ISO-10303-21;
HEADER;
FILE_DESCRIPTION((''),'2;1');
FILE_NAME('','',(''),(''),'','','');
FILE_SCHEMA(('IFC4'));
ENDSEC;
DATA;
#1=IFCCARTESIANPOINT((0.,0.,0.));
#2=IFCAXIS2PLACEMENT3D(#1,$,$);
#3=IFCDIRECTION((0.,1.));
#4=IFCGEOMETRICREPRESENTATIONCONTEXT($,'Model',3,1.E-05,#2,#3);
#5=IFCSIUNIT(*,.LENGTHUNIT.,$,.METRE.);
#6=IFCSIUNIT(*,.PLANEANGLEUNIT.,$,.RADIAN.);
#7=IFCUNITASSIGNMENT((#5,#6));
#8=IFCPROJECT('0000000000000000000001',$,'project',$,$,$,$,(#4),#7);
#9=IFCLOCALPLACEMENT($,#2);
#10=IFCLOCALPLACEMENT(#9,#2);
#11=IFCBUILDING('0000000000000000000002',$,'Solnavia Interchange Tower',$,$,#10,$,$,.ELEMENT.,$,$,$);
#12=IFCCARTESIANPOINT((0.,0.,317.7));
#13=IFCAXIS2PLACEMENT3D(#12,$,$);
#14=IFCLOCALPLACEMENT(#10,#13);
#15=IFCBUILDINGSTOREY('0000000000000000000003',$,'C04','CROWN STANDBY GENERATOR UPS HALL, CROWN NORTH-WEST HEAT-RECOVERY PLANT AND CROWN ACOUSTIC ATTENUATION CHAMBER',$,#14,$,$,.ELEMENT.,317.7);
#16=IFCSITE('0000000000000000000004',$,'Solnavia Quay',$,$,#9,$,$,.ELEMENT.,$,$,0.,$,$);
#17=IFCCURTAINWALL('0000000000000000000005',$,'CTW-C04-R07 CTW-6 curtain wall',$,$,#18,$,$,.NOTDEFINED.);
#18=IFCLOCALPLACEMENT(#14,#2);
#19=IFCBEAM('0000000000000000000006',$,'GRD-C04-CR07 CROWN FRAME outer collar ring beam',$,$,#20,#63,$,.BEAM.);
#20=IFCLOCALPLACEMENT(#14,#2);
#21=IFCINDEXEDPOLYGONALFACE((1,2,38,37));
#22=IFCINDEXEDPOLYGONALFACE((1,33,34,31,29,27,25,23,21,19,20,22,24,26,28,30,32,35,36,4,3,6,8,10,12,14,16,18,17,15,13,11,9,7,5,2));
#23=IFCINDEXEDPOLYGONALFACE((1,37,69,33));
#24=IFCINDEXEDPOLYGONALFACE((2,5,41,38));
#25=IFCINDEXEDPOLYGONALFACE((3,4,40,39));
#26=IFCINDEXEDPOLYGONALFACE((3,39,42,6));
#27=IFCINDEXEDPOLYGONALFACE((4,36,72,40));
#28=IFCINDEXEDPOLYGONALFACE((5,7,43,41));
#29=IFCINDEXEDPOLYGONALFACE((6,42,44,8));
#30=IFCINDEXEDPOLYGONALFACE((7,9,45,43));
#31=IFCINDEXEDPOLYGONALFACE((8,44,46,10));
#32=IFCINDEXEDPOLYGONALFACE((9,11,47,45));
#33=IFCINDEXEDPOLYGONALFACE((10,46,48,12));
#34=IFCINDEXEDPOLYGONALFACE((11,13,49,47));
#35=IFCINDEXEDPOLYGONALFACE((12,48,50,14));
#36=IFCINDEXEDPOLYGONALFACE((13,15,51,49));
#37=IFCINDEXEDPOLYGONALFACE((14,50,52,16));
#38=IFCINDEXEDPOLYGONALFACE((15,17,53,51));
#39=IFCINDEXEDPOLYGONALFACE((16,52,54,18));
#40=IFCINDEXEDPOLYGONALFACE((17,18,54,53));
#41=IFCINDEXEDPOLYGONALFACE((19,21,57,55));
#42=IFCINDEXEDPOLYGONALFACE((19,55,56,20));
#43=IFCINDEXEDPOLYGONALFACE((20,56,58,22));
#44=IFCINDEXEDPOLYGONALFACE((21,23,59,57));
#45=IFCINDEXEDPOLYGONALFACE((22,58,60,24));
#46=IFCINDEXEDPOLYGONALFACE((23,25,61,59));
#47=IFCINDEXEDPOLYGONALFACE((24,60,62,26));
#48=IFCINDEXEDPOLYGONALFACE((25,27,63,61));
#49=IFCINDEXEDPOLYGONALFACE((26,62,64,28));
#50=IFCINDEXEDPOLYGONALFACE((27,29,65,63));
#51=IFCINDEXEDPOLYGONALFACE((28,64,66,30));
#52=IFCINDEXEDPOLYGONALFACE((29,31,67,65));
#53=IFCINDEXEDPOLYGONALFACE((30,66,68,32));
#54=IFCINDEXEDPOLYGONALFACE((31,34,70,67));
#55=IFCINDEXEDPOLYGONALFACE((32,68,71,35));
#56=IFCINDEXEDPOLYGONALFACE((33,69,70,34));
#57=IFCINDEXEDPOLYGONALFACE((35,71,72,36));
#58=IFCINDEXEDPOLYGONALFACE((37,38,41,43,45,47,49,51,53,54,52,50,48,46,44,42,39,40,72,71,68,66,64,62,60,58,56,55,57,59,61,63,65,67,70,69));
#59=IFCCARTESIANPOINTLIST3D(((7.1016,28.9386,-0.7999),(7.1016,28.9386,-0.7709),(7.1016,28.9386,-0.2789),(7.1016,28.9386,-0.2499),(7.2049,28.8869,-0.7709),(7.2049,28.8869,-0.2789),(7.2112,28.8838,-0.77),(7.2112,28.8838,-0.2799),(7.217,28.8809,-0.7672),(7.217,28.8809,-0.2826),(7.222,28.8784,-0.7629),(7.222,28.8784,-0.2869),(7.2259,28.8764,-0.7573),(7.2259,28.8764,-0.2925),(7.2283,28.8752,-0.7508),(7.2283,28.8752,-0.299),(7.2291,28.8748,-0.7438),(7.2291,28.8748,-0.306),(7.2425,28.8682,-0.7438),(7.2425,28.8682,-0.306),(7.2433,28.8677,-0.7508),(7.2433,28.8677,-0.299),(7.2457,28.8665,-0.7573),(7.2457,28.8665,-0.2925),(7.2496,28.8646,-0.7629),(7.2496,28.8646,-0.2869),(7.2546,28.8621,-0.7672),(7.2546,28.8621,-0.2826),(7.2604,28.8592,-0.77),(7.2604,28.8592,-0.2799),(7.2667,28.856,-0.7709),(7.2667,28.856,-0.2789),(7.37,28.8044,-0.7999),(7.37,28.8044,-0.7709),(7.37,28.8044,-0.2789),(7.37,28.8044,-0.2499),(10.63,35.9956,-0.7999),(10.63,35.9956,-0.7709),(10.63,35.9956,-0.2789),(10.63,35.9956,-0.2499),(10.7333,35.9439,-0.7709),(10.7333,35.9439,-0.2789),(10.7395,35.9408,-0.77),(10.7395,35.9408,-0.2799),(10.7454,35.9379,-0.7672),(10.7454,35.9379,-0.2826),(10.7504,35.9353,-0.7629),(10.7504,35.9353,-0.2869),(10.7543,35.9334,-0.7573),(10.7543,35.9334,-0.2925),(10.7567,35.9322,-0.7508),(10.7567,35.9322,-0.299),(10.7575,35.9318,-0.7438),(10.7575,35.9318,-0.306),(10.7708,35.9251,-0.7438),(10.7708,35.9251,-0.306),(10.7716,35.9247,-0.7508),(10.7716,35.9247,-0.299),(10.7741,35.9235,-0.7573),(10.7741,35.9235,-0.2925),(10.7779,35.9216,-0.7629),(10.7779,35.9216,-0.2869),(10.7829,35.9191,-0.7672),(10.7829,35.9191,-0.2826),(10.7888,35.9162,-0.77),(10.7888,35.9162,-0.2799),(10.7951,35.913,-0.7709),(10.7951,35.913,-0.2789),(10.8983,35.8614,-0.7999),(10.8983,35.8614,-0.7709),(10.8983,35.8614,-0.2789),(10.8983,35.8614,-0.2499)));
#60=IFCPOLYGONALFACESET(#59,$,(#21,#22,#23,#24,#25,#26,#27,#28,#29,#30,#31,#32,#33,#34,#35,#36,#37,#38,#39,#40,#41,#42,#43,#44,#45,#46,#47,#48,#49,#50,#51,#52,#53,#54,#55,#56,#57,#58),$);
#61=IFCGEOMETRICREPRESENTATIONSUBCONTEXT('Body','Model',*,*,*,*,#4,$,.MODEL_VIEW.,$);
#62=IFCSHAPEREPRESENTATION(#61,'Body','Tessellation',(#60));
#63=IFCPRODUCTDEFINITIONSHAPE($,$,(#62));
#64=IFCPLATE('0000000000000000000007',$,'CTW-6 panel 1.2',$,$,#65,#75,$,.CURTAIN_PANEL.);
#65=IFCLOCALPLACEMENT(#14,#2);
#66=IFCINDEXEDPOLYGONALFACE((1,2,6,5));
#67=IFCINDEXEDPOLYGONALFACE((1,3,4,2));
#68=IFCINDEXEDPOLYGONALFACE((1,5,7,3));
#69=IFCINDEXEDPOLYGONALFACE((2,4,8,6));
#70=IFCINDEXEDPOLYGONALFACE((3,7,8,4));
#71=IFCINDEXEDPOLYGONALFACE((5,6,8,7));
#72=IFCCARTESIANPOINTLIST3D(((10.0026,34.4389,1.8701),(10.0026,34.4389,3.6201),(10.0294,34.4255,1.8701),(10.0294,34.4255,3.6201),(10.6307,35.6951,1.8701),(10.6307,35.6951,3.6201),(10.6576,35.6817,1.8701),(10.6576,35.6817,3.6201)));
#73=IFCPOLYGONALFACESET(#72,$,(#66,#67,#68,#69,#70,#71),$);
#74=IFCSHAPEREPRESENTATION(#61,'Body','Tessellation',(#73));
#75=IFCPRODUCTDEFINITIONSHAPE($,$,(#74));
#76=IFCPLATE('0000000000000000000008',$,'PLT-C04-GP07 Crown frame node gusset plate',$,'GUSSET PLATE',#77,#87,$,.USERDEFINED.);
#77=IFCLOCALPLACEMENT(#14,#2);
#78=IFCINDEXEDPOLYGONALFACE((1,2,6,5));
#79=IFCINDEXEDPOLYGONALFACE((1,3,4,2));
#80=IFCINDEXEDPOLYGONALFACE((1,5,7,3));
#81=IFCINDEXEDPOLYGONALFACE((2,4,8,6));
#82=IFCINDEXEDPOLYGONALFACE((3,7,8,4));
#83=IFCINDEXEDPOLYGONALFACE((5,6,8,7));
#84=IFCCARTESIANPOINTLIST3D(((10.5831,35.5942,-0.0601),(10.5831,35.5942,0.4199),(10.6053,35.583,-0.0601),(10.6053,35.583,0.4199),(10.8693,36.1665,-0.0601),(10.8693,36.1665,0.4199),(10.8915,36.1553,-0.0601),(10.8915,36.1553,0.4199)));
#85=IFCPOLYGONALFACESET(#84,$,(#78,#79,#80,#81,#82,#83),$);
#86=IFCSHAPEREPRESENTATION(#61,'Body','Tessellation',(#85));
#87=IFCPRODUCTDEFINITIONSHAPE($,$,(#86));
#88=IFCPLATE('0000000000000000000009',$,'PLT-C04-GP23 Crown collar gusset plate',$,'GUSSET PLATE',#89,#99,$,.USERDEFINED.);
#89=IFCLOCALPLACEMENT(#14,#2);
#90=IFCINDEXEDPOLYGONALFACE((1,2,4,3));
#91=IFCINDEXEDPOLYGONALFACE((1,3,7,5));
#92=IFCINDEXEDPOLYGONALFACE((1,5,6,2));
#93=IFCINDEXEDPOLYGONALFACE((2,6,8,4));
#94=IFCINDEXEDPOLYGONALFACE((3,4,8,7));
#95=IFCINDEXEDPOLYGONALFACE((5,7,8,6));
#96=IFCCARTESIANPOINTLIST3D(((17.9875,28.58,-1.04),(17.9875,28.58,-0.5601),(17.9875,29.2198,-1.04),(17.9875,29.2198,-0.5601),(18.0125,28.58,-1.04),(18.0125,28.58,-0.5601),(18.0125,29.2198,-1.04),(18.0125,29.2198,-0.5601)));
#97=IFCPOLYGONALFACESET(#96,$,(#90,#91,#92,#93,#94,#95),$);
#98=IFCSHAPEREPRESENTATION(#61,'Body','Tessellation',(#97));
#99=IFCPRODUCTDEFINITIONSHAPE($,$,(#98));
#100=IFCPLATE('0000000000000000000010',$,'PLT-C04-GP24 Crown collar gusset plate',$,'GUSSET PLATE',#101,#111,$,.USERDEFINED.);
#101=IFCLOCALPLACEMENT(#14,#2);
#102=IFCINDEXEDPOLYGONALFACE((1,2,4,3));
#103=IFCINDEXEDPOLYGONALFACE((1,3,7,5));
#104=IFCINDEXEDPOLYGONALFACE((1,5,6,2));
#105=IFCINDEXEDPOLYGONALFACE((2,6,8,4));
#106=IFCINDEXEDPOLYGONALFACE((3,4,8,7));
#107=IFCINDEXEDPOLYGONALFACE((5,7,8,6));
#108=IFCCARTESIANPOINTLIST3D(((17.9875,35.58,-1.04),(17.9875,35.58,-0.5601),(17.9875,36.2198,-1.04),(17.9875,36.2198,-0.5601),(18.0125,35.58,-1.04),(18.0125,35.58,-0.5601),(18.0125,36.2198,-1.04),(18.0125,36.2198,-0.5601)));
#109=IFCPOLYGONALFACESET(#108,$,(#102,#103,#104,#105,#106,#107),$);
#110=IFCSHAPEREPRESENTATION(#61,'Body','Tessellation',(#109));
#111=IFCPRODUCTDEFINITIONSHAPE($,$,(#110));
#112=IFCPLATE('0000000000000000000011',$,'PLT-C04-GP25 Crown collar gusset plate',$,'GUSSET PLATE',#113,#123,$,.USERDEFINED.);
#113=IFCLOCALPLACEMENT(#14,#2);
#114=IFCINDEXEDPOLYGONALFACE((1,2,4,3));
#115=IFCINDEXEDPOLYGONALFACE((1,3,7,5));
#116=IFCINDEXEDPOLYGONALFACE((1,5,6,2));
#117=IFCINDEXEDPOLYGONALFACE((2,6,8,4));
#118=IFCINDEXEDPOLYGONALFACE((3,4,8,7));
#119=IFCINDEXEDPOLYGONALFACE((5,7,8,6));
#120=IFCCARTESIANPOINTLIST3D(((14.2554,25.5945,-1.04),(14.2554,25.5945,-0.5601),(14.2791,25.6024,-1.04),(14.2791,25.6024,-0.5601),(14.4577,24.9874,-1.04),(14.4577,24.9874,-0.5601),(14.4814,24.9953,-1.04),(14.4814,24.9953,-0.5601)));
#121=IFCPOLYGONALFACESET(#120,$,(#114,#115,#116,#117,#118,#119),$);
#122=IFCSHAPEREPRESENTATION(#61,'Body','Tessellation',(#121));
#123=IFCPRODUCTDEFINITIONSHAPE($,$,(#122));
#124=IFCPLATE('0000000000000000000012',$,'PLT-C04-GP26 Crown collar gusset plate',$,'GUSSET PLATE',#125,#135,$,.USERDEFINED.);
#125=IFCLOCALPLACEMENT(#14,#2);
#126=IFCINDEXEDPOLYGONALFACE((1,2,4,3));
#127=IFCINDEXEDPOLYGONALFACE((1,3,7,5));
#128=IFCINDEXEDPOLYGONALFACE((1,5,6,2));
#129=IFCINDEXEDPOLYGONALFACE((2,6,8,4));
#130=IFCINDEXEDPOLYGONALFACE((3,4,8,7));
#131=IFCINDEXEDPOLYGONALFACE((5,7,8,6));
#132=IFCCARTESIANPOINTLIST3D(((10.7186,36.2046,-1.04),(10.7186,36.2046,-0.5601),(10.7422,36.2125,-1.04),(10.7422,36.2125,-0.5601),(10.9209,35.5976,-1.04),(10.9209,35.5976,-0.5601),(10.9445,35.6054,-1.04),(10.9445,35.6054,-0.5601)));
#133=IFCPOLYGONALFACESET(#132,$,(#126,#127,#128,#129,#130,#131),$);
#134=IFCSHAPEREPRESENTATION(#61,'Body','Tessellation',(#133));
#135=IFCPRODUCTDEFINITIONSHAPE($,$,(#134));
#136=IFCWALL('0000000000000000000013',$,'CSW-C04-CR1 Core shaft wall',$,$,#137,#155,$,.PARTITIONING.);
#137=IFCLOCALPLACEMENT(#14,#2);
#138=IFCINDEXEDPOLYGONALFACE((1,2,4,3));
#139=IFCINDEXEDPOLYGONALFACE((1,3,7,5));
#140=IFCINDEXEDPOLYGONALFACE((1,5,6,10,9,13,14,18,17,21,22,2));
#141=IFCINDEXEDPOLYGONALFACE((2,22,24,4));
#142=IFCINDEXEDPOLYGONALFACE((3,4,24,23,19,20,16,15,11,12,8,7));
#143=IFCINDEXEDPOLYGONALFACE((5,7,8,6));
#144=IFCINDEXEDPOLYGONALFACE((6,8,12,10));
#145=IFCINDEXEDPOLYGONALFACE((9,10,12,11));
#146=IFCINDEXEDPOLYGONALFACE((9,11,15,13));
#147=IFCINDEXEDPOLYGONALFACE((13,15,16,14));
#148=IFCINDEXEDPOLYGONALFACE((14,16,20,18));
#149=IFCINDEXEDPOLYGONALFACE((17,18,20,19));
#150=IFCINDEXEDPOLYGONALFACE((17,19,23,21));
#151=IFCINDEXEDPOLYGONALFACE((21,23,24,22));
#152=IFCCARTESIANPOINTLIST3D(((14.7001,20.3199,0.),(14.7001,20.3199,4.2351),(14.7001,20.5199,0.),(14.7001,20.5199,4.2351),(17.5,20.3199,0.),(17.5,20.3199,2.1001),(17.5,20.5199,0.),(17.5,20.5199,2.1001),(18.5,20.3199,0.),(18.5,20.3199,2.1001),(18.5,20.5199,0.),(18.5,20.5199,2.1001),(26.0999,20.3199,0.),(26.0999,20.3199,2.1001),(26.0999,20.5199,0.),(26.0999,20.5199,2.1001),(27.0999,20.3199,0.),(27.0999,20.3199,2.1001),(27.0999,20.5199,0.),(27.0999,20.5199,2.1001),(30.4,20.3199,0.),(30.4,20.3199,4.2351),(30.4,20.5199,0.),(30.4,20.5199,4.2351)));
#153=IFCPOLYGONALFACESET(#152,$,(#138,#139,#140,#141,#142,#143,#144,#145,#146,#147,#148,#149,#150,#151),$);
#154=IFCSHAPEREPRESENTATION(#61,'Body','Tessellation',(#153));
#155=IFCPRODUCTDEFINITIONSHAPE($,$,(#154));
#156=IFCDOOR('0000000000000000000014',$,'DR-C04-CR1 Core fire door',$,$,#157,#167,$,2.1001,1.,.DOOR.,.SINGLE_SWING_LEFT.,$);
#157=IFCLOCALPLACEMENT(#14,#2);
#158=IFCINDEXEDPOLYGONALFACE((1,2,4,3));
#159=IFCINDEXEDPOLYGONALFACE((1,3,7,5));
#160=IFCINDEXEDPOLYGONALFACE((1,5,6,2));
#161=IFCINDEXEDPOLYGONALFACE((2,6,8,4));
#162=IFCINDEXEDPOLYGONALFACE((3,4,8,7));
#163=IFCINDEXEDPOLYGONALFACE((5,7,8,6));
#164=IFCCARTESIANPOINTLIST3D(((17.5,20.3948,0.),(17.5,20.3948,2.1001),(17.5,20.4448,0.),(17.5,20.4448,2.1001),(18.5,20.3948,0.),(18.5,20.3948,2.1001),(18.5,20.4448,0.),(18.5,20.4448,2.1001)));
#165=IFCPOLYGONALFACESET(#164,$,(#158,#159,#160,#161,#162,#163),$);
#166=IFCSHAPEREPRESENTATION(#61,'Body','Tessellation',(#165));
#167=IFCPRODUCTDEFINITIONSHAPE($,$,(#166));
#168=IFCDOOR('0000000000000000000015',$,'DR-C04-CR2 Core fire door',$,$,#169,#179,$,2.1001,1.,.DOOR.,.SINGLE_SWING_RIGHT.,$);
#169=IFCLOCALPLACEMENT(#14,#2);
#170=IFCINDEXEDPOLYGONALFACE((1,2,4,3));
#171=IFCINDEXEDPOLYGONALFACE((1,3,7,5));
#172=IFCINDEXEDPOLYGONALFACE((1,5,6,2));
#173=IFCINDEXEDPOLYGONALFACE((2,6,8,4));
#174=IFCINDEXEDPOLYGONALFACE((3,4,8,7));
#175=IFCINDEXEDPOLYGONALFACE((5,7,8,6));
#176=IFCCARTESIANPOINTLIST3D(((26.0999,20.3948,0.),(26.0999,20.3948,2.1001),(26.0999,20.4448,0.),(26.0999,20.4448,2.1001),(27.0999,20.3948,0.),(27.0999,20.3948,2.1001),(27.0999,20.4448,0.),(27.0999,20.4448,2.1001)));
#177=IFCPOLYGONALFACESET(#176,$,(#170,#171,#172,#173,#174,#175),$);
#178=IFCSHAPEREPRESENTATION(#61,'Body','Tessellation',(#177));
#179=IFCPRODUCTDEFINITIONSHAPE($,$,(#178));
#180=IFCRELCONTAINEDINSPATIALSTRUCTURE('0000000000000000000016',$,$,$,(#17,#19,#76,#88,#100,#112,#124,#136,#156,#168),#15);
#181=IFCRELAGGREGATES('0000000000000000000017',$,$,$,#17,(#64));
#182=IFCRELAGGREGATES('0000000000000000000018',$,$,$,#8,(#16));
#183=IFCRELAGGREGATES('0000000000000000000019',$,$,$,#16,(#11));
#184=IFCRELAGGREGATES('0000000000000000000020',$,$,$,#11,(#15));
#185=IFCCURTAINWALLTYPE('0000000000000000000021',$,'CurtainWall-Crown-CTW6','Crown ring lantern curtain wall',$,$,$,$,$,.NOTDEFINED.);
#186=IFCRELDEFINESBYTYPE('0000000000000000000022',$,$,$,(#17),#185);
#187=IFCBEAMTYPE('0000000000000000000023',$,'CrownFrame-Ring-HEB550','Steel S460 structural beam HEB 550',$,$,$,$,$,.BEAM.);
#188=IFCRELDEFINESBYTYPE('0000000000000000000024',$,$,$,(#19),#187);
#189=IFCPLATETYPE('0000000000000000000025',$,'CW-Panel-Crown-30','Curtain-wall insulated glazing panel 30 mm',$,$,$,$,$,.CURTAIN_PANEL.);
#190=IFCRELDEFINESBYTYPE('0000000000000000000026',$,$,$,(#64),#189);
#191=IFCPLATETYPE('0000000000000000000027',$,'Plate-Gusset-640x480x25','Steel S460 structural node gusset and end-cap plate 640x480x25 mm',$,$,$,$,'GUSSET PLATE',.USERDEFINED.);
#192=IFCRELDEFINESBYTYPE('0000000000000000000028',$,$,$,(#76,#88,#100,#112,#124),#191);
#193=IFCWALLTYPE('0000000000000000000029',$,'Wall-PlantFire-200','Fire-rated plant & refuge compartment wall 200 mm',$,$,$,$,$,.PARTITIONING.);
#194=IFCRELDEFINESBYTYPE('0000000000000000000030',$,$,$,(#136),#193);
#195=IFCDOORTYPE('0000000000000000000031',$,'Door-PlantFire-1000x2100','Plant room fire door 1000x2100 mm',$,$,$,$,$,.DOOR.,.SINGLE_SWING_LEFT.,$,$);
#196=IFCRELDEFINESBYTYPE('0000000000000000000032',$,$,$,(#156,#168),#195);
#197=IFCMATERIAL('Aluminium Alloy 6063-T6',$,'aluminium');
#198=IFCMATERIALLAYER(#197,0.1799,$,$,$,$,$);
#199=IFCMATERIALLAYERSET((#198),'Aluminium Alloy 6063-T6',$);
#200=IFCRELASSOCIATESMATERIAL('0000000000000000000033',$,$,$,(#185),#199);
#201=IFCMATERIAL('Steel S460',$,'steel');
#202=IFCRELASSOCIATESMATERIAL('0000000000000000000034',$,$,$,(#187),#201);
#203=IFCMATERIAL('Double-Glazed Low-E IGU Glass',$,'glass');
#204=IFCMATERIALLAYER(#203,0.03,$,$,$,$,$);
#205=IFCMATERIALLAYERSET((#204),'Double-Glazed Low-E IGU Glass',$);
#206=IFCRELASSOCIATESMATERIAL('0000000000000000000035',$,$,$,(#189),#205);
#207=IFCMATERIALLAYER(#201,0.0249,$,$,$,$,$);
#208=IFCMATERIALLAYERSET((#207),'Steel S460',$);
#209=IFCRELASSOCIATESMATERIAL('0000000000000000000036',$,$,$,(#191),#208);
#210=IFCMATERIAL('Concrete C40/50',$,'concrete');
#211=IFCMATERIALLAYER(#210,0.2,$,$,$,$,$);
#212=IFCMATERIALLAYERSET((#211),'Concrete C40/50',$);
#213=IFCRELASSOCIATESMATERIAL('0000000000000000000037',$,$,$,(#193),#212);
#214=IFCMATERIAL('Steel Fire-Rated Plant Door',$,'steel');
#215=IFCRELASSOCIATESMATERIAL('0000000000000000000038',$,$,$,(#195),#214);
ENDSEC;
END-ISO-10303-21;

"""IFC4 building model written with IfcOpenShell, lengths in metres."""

from ifc_helpers import new_model, si_unit, direction, frame, frame_2d, origin, origin_2d, place, context, subcontext, project, spatial, rectangle, i_section, extrude, material, layer, layer_set, material_profile, profile_set, type_object, element, fill, aggregate, save


model = new_model("IFC4")

# Units and contexts
model_context = context("Model", 3, precision=1e-05, world=origin(), true_north=direction((0.0, 1.0)))
body_context = subcontext(model_context, "Body", "Model", "MODEL_VIEW")
ifc_project = project(units=[si_unit("LENGTHUNIT", "METRE"), si_unit("PLANEANGLEUNIT", "RADIAN")], contexts=[model_context])

# Site, building, storey
site_placement = place(None, origin())
site = spatial("IfcSite", under=ifc_project, at=site_placement, Name="Solnavia Quay", CompositionType="ELEMENT", RefElevation=0.0)
building_placement = place(site_placement, origin())
building = spatial("IfcBuilding", under=site, at=building_placement, Name="Solnavia Interchange Tower", CompositionType="ELEMENT")
storey_placement = place(building_placement, frame((0.0, 0.0, 317.7)))
storey = spatial("IfcBuildingStorey", under=building, at=storey_placement, Name="C04", Description="CROWN STANDBY GENERATOR UPS HALL, CROWN NORTH-WEST HEAT-RECOVERY PLANT AND CROWN ACOUSTIC ATTENUATION CHAMBER", CompositionType="ELEMENT", Elevation=317.7)

# Shared definitions
ifc_material_1 = material(Name="Steel S460", Category="steel")

# Curtain wall
ifc_material_2 = material(Name="Aluminium Alloy 6063-T6", Category="aluminium")
ifc_layer_1 = layer(ifc_material_2, 0.1799)
ifc_layer_set_1 = layer_set([ifc_layer_1], Name="Aluminium Alloy 6063-T6")
curtain_wall_type = type_object("IfcCurtainWallType", Name="CurtainWall-Crown-CTW6", Description="Crown ring lantern curtain wall", PredefinedType="NOTDEFINED", material=ifc_layer_set_1)
curtain_wall_placement = place(storey_placement, origin())
curtain_wall = element("IfcCurtainWall", 1, at=curtain_wall_placement, inside=storey, type_object=curtain_wall_type, Name="CTW-C04-R07 CTW-6 curtain wall", PredefinedType="NOTDEFINED")

# Beam
ifc_material_profile_1 = material_profile(ifc_material_1, i_section(OverallWidth=0.3, OverallDepth=0.55, WebThickness=0.0149, FlangeThickness=0.0291, FilletRadius=0.0271, at=origin_2d()), Name="HEB 550")
ifc_profile_set_1 = profile_set([ifc_material_profile_1], Name="Steel S460")
beam_type_1 = type_object("IfcBeamType", Name="CrownFrame-Ring-HEB550", Description="Steel S460 structural beam HEB 550", PredefinedType="BEAM", material=ifc_profile_set_1)
beam_1_placement = place(storey_placement, frame((10.7642, 35.9285, -0.5249), z_axis=(-0.447201, -0.894433, 0.0), x_axis=(0.894433, -0.447201, 0.0)))
element("IfcBeam", 2, at=beam_1_placement, inside=storey, type_object=beam_type_1, Name="GRD-C04-CR07 CROWN FRAME outer collar ring beam", PredefinedType="BEAM", context=body_context, shape_type="SweptSolid", body=[
    extrude(i_section(OverallWidth=0.3, OverallDepth=0.55, WebThickness=0.0149, FlangeThickness=0.0291, FilletRadius=0.0271, at=origin_2d()), origin(), (0.0, 0.0, 1.0), 7.8899),
])

# Plate
ifc_material_3 = material(Name="Double-Glazed Low-E IGU Glass", Category="glass")
ifc_layer_2 = layer(ifc_material_3, 0.03)
ifc_layer_set_2 = layer_set([ifc_layer_2], Name="Double-Glazed Low-E IGU Glass")
plate_type_1 = type_object("IfcPlateType", Name="CW-Panel-Crown-30", Description="Curtain-wall insulated glazing panel 30 mm", PredefinedType="CURTAIN_PANEL", material=ifc_layer_set_2)
plate_placement = place(storey_placement, frame((10.3301, 35.0603, 1.8701), z_axis=(0.0, 0.0, 1.0), x_axis=(-0.447214, -0.894427, 0.0)))
plate = element("IfcPlate", 3, at=plate_placement, type_object=plate_type_1, Name="CTW-6 panel 1.2", PredefinedType="CURTAIN_PANEL", context=body_context, shape_type="SweptSolid", body=[
    extrude(rectangle(XDim=1.4045, YDim=0.03, at=origin_2d()), origin(), (0.0, 0.0, 1.0), 1.75),
])
aggregate(curtain_wall, [plate])

# Plates
ifc_layer_3 = layer(ifc_material_1, 0.0249)
ifc_layer_set_3 = layer_set([ifc_layer_3], Name="Steel S460")
plate_type_2 = type_object("IfcPlateType", Name="Plate-Gusset-640x480x25", Description="Steel S460 structural node gusset and end-cap plate 640x480x25 mm", ElementType="GUSSET PLATE", PredefinedType="USERDEFINED", material=ifc_layer_set_3)
for number, where, z_axis, x_axis, name in (
    (4, (10.7373, 35.8748, -0.0601), (0.0, 0.0, 1.0), (-0.447291, -0.894389, 0.0), "PLT-C04-GP07 Crown frame node gusset plate"),
    (5, (18.0, 28.8999, -1.04), (0.0, 0.0, 1.0), (0.0, 1.0, 0.0), "PLT-C04-GP23 Crown collar gusset plate"),
    (6, (18.0, 35.8999, -1.04), (0.0, 0.0, 1.0), (0.0, 1.0, 0.0), "PLT-C04-GP24 Crown collar gusset plate"),
    (7, (14.3684, 25.2949, -1.04), (0.0, 0.0, 1.0), (-0.316146, 0.948711, 0.0), "PLT-C04-GP25 Crown collar gusset plate"),
    (8, (10.8315, 35.905, -1.04), (0.0, 0.0, 1.0), (-0.316146, 0.948711, 0.0), "PLT-C04-GP26 Crown collar gusset plate"),
):
    element("IfcPlate", number, at=place(storey_placement, frame(where, z_axis=z_axis, x_axis=x_axis)), inside=storey, type_object=plate_type_2, Name=name, ObjectType="GUSSET PLATE", PredefinedType="USERDEFINED", context=body_context, shape_type="SweptSolid", body=[
        extrude(rectangle(XDim=0.6399, YDim=0.0249, at=origin_2d()), origin(), (0.0, 0.0, 1.0), 0.48),
    ])

# Wall, openings, doors
ifc_material_4 = material(Name="Concrete C40/50", Category="concrete")
ifc_layer_4 = layer(ifc_material_4, 0.2)
ifc_layer_set_4 = layer_set([ifc_layer_4], Name="Concrete C40/50")
wall_type_1 = type_object("IfcWallType", Name="Wall-PlantFire-200", Description="Fire-rated plant & refuge compartment wall 200 mm", PredefinedType="PARTITIONING", material=ifc_layer_set_4)
wall_1_placement = place(storey_placement, frame((14.7, 20.4199, 0.0), z_axis=(0.0, 0.0, 1.0), x_axis=(1.0, 0.0, 0.0)))
wall_1 = element("IfcWall", 9, at=wall_1_placement, inside=storey, type_object=wall_type_1, Name="CSW-C04-CR1 Core shaft wall", PredefinedType="PARTITIONING", context=body_context, shape_type="SweptSolid", body=[
    extrude(rectangle(XDim=15.7, YDim=0.2, at=frame_2d((7.8501, 0.0))), origin(), (0.0, 0.0, 1.0), 4.2351),
])
opening_1_placement = place(wall_1_placement, frame((2.8, 0.0, 0.0)))
opening_1 = element("IfcOpeningElement", 10, at=opening_1_placement, cuts=wall_1, PredefinedType="OPENING", context=body_context, shape_type="SweptSolid", body=[
    extrude(rectangle(XDim=1.0, YDim=2.1001, at=frame_2d((0.5, 1.05))), frame((0.0, 0.1099, 0.0), z_axis=(0.0, -1.0, 0.0), x_axis=(1.0, 0.0, 0.0)), (0.0, 0.0, 1.0), 0.22),
])
opening_2_placement = place(wall_1_placement, frame((11.3999, 0.0, 0.0)))
opening_2 = element("IfcOpeningElement", 11, at=opening_2_placement, cuts=wall_1, PredefinedType="OPENING", context=body_context, shape_type="SweptSolid", body=[
    extrude(rectangle(XDim=1.0, YDim=2.1001, at=frame_2d((0.5, 1.05))), frame((0.0, 0.1099, 0.0), z_axis=(0.0, -1.0, 0.0), x_axis=(1.0, 0.0, 0.0)), (0.0, 0.0, 1.0), 0.22),
])
ifc_material_5 = material(Name="Steel Fire-Rated Plant Door", Category="steel")
door_type = type_object("IfcDoorType", Name="Door-PlantFire-1000x2100", Description="Plant room fire door 1000x2100 mm", OperationType="SINGLE_SWING_LEFT", PredefinedType="DOOR", material=ifc_material_5)
door_1_placement = place(opening_1_placement, origin())
door_1 = element("IfcDoor", 12, at=door_1_placement, inside=storey, type_object=door_type, Name="DR-C04-CR1 Core fire door", OperationType="SINGLE_SWING_LEFT", OverallHeight=2.1001, OverallWidth=1.0, PredefinedType="DOOR", context=body_context, shape_type="SweptSolid", body=[
    extrude(rectangle(XDim=1.0, YDim=2.1001, at=frame_2d((0.5, 1.05))), frame((0.0, 0.0249, 0.0), z_axis=(0.0, -1.0, 0.0), x_axis=(1.0, 0.0, 0.0)), (0.0, 0.0, 1.0), 0.05),
])
fill(opening_1, door_1)
door_2_placement = place(opening_2_placement, origin())
door_2 = element("IfcDoor", 13, at=door_2_placement, inside=storey, type_object=door_type, Name="DR-C04-CR2 Core fire door", OperationType="SINGLE_SWING_RIGHT", OverallHeight=2.1001, OverallWidth=1.0, PredefinedType="DOOR", context=body_context, shape_type="SweptSolid", body=[
    extrude(rectangle(XDim=1.0, YDim=2.1001, at=frame_2d((0.5, 1.05))), frame((0.0, 0.0249, 0.0), z_axis=(0.0, -1.0, 0.0), x_axis=(1.0, 0.0, 0.0)), (0.0, 0.0, 1.0), 0.05),
])
fill(opening_2, door_2)

save(model, "model.ifc")
